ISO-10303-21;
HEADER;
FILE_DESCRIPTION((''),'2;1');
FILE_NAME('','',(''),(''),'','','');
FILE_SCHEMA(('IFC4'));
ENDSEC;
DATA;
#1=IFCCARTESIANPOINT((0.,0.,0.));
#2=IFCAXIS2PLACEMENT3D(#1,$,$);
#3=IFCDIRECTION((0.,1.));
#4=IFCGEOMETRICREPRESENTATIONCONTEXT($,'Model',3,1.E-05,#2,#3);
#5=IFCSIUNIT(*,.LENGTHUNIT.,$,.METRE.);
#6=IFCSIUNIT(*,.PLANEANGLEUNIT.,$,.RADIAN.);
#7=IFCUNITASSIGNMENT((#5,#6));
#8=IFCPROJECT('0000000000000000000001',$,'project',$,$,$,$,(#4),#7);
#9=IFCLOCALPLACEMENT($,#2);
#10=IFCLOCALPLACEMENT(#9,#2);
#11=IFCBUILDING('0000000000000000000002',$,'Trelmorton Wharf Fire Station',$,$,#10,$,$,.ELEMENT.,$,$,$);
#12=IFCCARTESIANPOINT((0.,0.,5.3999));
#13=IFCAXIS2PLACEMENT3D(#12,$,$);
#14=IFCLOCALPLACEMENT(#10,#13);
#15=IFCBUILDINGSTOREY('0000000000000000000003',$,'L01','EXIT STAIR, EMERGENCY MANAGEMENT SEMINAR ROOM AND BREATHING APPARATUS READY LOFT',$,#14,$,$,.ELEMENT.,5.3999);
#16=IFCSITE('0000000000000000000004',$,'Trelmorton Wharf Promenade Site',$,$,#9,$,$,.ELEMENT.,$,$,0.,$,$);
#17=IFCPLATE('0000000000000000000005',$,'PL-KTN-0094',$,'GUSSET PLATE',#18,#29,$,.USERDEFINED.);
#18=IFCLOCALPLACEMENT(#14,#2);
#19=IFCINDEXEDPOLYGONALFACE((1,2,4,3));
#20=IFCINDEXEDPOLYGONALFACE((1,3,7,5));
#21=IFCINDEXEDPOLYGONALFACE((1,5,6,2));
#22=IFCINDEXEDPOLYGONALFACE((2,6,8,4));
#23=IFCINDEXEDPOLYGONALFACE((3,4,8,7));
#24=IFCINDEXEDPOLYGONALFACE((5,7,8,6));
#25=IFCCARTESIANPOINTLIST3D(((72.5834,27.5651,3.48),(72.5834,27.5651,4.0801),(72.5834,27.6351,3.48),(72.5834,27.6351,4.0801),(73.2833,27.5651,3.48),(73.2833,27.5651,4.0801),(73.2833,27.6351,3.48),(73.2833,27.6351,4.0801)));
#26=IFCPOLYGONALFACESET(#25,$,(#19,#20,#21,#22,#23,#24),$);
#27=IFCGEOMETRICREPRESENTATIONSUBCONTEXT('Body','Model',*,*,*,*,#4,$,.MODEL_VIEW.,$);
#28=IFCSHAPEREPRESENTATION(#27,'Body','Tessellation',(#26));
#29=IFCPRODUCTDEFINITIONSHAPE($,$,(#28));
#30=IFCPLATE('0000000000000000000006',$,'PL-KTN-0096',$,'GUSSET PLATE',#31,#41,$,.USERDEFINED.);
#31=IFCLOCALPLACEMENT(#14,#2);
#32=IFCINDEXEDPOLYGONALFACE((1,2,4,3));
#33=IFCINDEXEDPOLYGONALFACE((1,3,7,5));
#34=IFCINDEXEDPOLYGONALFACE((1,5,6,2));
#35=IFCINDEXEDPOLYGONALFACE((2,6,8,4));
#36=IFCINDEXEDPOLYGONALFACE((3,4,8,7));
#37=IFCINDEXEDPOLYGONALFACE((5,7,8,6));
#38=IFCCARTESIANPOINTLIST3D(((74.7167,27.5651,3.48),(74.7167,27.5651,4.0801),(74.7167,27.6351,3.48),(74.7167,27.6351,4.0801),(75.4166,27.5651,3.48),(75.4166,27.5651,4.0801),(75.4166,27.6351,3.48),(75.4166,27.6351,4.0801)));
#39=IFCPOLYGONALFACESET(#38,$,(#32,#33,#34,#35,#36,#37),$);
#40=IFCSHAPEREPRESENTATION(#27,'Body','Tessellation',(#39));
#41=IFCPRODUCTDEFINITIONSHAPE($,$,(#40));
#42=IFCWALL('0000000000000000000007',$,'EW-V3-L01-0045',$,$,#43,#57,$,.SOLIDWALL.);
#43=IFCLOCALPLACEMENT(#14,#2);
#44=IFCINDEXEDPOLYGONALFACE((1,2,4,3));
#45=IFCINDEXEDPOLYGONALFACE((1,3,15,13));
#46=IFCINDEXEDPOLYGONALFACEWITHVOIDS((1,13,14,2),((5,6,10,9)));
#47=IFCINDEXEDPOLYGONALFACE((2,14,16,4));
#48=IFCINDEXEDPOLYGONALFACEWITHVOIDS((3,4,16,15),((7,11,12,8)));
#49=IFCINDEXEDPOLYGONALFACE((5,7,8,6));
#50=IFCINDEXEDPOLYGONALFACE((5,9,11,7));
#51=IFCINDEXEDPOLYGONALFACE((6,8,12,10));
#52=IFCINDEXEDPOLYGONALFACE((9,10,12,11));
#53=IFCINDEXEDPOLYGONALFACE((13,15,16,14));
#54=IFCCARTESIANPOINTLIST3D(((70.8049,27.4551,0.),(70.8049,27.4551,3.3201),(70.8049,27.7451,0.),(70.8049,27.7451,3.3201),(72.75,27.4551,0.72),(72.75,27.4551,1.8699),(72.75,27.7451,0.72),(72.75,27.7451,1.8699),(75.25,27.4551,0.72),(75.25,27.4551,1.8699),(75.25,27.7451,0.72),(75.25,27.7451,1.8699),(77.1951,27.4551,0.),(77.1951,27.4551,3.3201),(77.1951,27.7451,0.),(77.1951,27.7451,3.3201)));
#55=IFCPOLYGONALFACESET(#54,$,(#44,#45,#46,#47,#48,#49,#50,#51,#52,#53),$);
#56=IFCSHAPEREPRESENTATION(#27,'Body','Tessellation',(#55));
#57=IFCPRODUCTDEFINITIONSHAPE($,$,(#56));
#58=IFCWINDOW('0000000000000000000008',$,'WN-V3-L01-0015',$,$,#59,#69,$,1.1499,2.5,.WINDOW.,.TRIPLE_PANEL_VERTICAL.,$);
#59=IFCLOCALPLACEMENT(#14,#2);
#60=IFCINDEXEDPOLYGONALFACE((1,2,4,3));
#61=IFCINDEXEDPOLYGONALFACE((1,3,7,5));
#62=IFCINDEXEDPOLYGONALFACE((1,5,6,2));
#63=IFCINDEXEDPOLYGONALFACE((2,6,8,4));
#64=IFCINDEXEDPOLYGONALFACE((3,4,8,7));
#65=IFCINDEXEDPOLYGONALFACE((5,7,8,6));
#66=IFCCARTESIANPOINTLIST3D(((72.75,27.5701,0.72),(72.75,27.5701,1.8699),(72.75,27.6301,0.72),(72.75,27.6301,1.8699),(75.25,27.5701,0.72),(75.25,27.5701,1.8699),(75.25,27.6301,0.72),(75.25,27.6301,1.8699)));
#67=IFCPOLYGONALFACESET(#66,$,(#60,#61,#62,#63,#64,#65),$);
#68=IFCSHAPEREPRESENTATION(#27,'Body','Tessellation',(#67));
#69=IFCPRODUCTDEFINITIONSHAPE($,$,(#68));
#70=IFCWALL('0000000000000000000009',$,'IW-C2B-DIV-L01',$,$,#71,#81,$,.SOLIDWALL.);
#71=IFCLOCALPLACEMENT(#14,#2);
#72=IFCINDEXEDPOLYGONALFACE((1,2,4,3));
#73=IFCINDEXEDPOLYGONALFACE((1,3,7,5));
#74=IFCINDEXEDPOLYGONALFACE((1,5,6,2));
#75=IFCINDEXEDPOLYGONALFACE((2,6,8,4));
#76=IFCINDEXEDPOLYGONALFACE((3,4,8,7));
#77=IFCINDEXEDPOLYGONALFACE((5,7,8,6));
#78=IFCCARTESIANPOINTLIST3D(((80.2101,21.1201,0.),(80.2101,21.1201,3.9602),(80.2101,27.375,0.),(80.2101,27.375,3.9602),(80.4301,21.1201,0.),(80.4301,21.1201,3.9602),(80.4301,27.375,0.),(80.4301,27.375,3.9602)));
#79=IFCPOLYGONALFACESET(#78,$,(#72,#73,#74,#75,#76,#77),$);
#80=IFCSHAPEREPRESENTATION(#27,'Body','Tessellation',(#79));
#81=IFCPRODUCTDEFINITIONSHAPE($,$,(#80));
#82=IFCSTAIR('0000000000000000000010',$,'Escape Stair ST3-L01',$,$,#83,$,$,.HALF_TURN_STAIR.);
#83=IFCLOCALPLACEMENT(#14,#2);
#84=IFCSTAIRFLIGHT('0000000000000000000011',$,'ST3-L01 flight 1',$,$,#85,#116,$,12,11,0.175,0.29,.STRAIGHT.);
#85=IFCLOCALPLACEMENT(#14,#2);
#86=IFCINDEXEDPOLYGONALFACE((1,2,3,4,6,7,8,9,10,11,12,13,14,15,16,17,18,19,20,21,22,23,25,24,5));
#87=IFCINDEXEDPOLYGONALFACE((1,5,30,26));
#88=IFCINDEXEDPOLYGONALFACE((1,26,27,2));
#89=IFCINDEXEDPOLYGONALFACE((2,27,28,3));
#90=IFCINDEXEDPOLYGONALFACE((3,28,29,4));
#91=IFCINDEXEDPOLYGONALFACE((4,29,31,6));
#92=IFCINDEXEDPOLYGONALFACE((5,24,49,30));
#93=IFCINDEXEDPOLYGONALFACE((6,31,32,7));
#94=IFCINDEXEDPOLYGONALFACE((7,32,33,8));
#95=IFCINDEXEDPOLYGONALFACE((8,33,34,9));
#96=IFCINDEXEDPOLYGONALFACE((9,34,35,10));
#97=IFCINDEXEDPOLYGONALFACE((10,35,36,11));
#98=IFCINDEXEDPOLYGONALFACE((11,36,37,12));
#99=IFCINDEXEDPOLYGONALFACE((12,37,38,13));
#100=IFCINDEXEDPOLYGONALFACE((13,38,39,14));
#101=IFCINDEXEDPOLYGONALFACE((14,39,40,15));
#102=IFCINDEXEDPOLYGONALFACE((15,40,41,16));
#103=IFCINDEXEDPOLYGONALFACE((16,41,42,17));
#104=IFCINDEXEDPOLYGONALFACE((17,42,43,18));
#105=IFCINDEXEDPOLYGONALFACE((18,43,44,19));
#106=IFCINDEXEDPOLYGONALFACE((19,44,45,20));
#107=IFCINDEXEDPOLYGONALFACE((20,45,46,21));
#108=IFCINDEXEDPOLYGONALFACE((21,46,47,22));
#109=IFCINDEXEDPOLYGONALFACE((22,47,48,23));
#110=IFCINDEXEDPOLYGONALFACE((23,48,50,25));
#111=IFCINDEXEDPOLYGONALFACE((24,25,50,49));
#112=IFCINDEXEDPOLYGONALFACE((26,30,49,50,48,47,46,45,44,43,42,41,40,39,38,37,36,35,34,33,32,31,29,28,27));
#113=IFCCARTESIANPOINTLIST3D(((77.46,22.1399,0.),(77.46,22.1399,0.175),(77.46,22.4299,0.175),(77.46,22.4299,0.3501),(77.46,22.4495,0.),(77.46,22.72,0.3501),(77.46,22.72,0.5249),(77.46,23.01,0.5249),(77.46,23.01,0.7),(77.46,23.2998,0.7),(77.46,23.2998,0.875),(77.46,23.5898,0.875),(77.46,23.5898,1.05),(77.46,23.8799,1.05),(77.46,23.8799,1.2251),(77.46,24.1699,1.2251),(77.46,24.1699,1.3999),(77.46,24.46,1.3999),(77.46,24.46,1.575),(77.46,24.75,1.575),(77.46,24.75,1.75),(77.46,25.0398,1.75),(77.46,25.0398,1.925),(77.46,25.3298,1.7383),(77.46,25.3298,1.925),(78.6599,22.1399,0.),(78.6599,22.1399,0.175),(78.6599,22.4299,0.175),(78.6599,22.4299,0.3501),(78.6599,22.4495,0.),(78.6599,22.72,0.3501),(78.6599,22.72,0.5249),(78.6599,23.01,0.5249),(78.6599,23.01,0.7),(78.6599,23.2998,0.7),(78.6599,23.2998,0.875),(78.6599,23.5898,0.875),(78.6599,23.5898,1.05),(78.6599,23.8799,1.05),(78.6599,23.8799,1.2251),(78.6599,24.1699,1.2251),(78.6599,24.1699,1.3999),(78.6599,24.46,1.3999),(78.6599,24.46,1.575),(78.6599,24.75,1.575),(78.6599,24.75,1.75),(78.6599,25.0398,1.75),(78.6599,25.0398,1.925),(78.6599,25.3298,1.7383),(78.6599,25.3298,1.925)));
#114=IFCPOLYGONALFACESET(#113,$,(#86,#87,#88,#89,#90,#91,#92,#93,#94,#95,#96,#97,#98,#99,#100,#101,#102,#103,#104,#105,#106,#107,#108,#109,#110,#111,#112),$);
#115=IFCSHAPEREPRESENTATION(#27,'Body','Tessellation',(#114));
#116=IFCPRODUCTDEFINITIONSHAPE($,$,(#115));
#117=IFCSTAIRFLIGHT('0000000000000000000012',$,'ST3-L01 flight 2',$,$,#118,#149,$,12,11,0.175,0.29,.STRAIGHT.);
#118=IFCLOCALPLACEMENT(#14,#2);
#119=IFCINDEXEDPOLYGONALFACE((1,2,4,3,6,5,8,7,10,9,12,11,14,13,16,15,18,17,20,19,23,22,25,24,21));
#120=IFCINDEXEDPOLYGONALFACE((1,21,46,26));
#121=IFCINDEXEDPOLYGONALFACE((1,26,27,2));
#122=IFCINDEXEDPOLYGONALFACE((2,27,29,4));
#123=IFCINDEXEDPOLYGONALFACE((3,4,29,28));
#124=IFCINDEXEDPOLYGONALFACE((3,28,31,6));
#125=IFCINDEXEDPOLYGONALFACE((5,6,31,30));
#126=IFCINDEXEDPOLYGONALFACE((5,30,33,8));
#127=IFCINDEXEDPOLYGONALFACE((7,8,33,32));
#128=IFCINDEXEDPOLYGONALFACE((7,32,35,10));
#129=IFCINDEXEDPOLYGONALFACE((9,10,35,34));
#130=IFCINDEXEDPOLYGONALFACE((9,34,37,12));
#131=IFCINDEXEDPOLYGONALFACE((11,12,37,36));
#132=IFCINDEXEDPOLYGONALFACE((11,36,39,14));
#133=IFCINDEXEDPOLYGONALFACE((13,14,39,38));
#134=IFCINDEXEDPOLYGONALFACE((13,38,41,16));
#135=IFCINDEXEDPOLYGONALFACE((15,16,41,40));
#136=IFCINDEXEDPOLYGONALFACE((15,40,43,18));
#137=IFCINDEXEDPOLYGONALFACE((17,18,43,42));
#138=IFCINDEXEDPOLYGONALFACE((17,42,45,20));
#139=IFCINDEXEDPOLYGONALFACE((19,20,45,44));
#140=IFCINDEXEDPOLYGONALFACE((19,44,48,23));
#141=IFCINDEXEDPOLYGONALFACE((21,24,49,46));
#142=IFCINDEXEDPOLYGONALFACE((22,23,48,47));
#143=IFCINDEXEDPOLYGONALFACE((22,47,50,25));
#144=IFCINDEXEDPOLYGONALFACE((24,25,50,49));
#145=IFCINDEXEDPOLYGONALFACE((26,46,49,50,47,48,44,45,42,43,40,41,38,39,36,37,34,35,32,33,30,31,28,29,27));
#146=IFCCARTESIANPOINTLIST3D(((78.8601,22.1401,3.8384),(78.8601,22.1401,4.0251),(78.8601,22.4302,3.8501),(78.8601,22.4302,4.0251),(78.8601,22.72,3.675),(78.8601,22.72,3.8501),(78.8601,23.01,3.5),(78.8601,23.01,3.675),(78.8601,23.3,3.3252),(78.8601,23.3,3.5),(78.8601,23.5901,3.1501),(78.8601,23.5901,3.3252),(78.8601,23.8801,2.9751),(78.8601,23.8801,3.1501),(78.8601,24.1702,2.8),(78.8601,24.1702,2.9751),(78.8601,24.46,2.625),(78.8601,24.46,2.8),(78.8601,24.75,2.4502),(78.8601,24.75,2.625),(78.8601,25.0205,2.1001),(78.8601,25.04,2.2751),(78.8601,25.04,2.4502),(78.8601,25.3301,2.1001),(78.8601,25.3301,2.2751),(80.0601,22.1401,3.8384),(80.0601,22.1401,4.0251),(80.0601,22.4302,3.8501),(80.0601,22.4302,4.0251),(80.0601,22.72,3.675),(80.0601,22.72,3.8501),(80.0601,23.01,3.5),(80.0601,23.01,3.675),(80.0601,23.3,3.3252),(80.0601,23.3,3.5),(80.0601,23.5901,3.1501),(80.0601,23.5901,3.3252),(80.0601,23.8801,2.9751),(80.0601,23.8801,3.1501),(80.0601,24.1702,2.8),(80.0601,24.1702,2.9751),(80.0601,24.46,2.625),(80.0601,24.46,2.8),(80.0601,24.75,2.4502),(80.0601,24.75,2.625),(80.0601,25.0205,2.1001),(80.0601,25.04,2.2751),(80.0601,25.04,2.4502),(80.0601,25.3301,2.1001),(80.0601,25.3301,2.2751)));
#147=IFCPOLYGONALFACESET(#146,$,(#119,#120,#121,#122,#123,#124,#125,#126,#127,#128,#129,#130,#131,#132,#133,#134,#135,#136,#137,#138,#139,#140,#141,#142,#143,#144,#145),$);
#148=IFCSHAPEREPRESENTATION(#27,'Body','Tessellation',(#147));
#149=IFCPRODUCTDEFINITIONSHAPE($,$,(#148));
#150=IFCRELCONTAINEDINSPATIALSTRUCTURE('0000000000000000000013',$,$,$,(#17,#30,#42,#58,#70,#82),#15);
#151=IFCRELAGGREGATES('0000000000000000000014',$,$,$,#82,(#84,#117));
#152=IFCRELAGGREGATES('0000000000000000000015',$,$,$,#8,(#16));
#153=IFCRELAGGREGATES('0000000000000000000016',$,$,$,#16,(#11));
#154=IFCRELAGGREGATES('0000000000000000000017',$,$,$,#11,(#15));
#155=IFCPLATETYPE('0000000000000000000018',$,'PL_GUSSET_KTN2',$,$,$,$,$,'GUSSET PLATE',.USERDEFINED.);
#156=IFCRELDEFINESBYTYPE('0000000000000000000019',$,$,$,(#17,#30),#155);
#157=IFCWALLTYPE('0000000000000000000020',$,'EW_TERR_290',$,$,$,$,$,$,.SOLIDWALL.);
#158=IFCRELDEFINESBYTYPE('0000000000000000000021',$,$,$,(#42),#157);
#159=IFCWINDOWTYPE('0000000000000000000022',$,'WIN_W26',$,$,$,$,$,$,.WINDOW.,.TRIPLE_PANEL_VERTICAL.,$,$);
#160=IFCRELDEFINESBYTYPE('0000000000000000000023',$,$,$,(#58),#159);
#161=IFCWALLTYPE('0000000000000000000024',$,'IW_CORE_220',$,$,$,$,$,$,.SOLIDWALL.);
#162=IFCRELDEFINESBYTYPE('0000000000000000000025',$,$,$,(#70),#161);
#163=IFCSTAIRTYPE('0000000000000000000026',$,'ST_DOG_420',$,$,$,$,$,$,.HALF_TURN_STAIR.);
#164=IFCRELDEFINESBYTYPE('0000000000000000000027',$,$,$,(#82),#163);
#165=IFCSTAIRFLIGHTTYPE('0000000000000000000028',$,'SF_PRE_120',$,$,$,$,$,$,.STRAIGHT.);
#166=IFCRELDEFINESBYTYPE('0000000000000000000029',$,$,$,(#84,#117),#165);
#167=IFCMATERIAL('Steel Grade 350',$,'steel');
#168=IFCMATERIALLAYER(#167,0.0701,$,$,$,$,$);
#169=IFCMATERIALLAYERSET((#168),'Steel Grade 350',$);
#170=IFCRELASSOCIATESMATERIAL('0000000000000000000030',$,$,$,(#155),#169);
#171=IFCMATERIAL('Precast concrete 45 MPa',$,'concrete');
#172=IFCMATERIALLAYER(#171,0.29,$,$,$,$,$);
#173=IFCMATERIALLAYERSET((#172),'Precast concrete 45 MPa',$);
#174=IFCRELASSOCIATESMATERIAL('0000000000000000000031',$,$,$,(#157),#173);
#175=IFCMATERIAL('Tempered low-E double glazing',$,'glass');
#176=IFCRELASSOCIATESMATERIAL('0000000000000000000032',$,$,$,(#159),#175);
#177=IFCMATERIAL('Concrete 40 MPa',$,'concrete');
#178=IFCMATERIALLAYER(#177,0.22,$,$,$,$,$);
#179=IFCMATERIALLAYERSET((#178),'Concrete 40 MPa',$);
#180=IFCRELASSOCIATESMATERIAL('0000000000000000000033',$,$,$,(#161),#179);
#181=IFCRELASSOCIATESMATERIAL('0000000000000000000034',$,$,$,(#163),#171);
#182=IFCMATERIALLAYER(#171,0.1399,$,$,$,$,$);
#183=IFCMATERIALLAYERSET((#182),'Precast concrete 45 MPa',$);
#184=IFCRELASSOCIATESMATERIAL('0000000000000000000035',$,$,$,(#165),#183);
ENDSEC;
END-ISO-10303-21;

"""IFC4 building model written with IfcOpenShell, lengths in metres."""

from ifc_helpers import new_model, si_unit, direction, frame, frame_2d, origin, origin_2d, place, context, subcontext, project, spatial, polyline, rectangle, outline, extrude, material, layer, layer_set, type_object, element, fill, aggregate, save


model = new_model("IFC4")

# Units and contexts
model_context = context("Model", 3, precision=1e-05, world=origin(), true_north=direction((0.0, 1.0)))
body_context = subcontext(model_context, "Body", "Model", "MODEL_VIEW")
ifc_project = project(units=[si_unit("LENGTHUNIT", "METRE"), si_unit("PLANEANGLEUNIT", "RADIAN")], contexts=[model_context])

# Site, building, storey
site_placement = place(None, origin())
site = spatial("IfcSite", under=ifc_project, at=site_placement, Name="Trelmorton Wharf Promenade Site", CompositionType="ELEMENT", RefElevation=0.0)
building_placement = place(site_placement, origin())
building = spatial("IfcBuilding", under=site, at=building_placement, Name="Trelmorton Wharf Fire Station", CompositionType="ELEMENT")
storey_placement = place(building_placement, frame((0.0, 0.0, 5.3999)))
storey = spatial("IfcBuildingStorey", under=building, at=storey_placement, Name="L01", Description="EXIT STAIR, EMERGENCY MANAGEMENT SEMINAR ROOM AND BREATHING APPARATUS READY LOFT", CompositionType="ELEMENT", Elevation=5.3999)

# Shared definitions
ifc_material_1 = material(Name="Steel Grade 350", Category="steel")

# Plates
ifc_layer_1 = layer(ifc_material_1, 0.0701)
ifc_layer_set_1 = layer_set([ifc_layer_1], Name="Steel Grade 350")
plate_type_1 = type_object("IfcPlateType", Name="PL_GUSSET_KTN2", ElementType="GUSSET PLATE", PredefinedType="USERDEFINED", material=ifc_layer_set_1)
for number, where, z_axis, x_axis, name in (
    (1, (72.9333, 27.6001, 3.48), (0.0, 0.0, 1.0), (1.0, 0.0, 0.0), "PL-KTN-0094"),
    (2, (75.0667, 27.6001, 3.48), (0.0, 0.0, 1.0), (1.0, 0.0, 0.0), "PL-KTN-0096"),
):
    element("IfcPlate", number, at=place(storey_placement, frame(where, z_axis=z_axis, x_axis=x_axis)), inside=storey, type_object=plate_type_1, Name=name, ObjectType="GUSSET PLATE", PredefinedType="USERDEFINED", context=body_context, shape_type="SweptSolid", body=[
        extrude(rectangle(XDim=0.7, YDim=0.0701, at=origin_2d()), origin(), (0.0, 0.0, 1.0), 0.6001),
    ])

# Wall, opening, window
ifc_material_2 = material(Name="Precast concrete 45 MPa", Category="concrete")
ifc_layer_2 = layer(ifc_material_2, 0.29)
ifc_layer_set_2 = layer_set([ifc_layer_2], Name="Precast concrete 45 MPa")
wall_type_1 = type_object("IfcWallType", Name="EW_TERR_290", PredefinedType="SOLIDWALL", material=ifc_layer_set_2)
wall_1_placement = place(storey_placement, frame((70.8049, 27.6001, 0.0), z_axis=(0.0, 0.0, 1.0), x_axis=(1.0, 0.0, 0.0)))
wall_1 = element("IfcWall", 3, at=wall_1_placement, inside=storey, type_object=wall_type_1, Name="EW-V3-L01-0045", PredefinedType="SOLIDWALL", context=body_context, shape_type="SweptSolid", body=[
    extrude(rectangle(XDim=6.3901, YDim=0.29, at=frame_2d((3.1951, 0.0))), origin(), (0.0, 0.0, 1.0), 3.3201),
])
opening_placement = place(wall_1_placement, frame((1.9451, 0.0, 0.72)))
opening = element("IfcOpeningElement", 4, at=opening_placement, cuts=wall_1, PredefinedType="OPENING", context=body_context, shape_type="SweptSolid", body=[
    extrude(rectangle(XDim=2.5, YDim=1.1499, at=frame_2d((1.25, 0.575))), frame((0.0, 0.155, 0.0), z_axis=(0.0, -1.0, 0.0), x_axis=(1.0, 0.0, 0.0)), (0.0, 0.0, 1.0), 0.3101),
])
ifc_material_3 = material(Name="Tempered low-E double glazing", Category="glass")
window_type = type_object("IfcWindowType", Name="WIN_W26", PartitioningType="TRIPLE_PANEL_VERTICAL", PredefinedType="WINDOW", material=ifc_material_3)
window_placement = place(opening_placement, origin())
window = element("IfcWindow", 5, at=window_placement, inside=storey, type_object=window_type, Name="WN-V3-L01-0015", OverallHeight=1.1499, OverallWidth=2.5, PartitioningType="TRIPLE_PANEL_VERTICAL", PredefinedType="WINDOW", context=body_context, shape_type="SweptSolid", body=[
    extrude(rectangle(XDim=2.5, YDim=1.1499, at=frame_2d((1.25, 0.575))), frame((0.0, 0.03, 0.0), z_axis=(0.0, -1.0, 0.0), x_axis=(1.0, 0.0, 0.0)), (0.0, 0.0, 1.0), 0.0601),
])
fill(opening, window)

# Wall
ifc_material_4 = material(Name="Concrete 40 MPa", Category="concrete")
ifc_layer_3 = layer(ifc_material_4, 0.22)
ifc_layer_set_3 = layer_set([ifc_layer_3], Name="Concrete 40 MPa")
wall_type_2 = type_object("IfcWallType", Name="IW_CORE_220", PredefinedType="SOLIDWALL", material=ifc_layer_set_3)
wall_2_placement = place(storey_placement, frame((80.3201, 21.1201, 0.0), z_axis=(0.0, 0.0, 1.0), x_axis=(0.0, 1.0, 0.0)))
element("IfcWall", 6, at=wall_2_placement, inside=storey, type_object=wall_type_2, Name="IW-C2B-DIV-L01", PredefinedType="SOLIDWALL", context=body_context, shape_type="SweptSolid", body=[
    extrude(rectangle(XDim=6.2549, YDim=0.22, at=frame_2d((3.1274, 0.0))), origin(), (0.0, 0.0, 1.0), 3.9602),
])

# Stair, stair flights
stair_type = type_object("IfcStairType", Name="ST_DOG_420", PredefinedType="HALF_TURN_STAIR", material=ifc_material_2)
stair_placement = place(storey_placement, origin())
stair = element("IfcStair", 7, at=stair_placement, inside=storey, type_object=stair_type, Name="Escape Stair ST3-L01", PredefinedType="HALF_TURN_STAIR")
ifc_layer_4 = layer(ifc_material_2, 0.1399)
ifc_layer_set_4 = layer_set([ifc_layer_4], Name="Precast concrete 45 MPa")
stair_flight_type = type_object("IfcStairFlightType", Name="SF_PRE_120", PredefinedType="STRAIGHT", material=ifc_layer_set_4)
stair_flight_1_placement = place(storey_placement, frame((78.0601, 22.1399, 0.0), z_axis=(0.0, 0.0, 1.0), x_axis=(0.0, 1.0, 0.0)))
stair_flight_1 = element("IfcStairFlight", 8, at=stair_flight_1_placement, type_object=stair_flight_type, Name="ST3-L01 flight 1", NumberOfRisers=12, NumberOfTreads=11, PredefinedType="STRAIGHT", RiserHeight=0.175, TreadLength=0.29, context=body_context, shape_type="SweptSolid", body=[
    extrude(outline(polyline([(0.0, 0.0), (0.0, 0.175), (0.29, 0.175), (0.29, 0.3501), (0.5801, 0.3501), (0.5801, 0.5249), (0.8701, 0.5249), (0.8701, 0.7), (1.1599, 0.7), (1.1599, 0.875), (1.45, 0.875), (1.45, 1.05), (1.74, 1.05), (1.74, 1.2251), (2.03, 1.2251), (2.03, 1.3999), (2.3201, 1.3999), (2.3201, 1.575), (2.6101, 1.575), (2.6101, 1.75), (2.8999, 1.75), (2.8999, 1.925), (3.1899, 1.925), (3.1899, 2.1001), (3.1899, 1.7383), (0.3096, 0.0), (0.0, 0.0)])), frame((0.0, 0.6001, 0.0), z_axis=(0.0, -1.0, 0.0), x_axis=(1.0, 0.0, 0.0)), (0.0, 0.0, 1.0), 1.2),
])
stair_flight_2_placement = place(storey_placement, frame((79.46, 25.3301, 2.1001), z_axis=(0.0, 0.0, 1.0), x_axis=(0.0, -1.0, 0.0)))
stair_flight_2 = element("IfcStairFlight", 9, at=stair_flight_2_placement, type_object=stair_flight_type, Name="ST3-L01 flight 2", NumberOfRisers=12, NumberOfTreads=11, PredefinedType="STRAIGHT", RiserHeight=0.175, TreadLength=0.29, context=body_context, shape_type="SweptSolid", body=[
    extrude(outline(polyline([(0.0, 0.0), (0.0, 0.175), (0.29, 0.175), (0.29, 0.3501), (0.5801, 0.3501), (0.5801, 0.5249), (0.8701, 0.5249), (0.8701, 0.7), (1.1599, 0.7), (1.1599, 0.875), (1.45, 0.875), (1.45, 1.05), (1.74, 1.05), (1.74, 1.2251), (2.03, 1.2251), (2.03, 1.3999), (2.3201, 1.3999), (2.3201, 1.575), (2.6101, 1.575), (2.6101, 1.75), (2.8999, 1.75), (2.8999, 1.925), (3.1899, 1.925), (3.1899, 2.1001), (3.1899, 1.7383), (0.3096, 0.0), (0.0, 0.0)])), frame((0.0, 0.6001, 0.0), z_axis=(0.0, -1.0, 0.0), x_axis=(1.0, 0.0, 0.0)), (0.0, 0.0, 1.0), 1.2),
])
aggregate(stair, [stair_flight_1, stair_flight_2])

save(model, "model.ifc")
